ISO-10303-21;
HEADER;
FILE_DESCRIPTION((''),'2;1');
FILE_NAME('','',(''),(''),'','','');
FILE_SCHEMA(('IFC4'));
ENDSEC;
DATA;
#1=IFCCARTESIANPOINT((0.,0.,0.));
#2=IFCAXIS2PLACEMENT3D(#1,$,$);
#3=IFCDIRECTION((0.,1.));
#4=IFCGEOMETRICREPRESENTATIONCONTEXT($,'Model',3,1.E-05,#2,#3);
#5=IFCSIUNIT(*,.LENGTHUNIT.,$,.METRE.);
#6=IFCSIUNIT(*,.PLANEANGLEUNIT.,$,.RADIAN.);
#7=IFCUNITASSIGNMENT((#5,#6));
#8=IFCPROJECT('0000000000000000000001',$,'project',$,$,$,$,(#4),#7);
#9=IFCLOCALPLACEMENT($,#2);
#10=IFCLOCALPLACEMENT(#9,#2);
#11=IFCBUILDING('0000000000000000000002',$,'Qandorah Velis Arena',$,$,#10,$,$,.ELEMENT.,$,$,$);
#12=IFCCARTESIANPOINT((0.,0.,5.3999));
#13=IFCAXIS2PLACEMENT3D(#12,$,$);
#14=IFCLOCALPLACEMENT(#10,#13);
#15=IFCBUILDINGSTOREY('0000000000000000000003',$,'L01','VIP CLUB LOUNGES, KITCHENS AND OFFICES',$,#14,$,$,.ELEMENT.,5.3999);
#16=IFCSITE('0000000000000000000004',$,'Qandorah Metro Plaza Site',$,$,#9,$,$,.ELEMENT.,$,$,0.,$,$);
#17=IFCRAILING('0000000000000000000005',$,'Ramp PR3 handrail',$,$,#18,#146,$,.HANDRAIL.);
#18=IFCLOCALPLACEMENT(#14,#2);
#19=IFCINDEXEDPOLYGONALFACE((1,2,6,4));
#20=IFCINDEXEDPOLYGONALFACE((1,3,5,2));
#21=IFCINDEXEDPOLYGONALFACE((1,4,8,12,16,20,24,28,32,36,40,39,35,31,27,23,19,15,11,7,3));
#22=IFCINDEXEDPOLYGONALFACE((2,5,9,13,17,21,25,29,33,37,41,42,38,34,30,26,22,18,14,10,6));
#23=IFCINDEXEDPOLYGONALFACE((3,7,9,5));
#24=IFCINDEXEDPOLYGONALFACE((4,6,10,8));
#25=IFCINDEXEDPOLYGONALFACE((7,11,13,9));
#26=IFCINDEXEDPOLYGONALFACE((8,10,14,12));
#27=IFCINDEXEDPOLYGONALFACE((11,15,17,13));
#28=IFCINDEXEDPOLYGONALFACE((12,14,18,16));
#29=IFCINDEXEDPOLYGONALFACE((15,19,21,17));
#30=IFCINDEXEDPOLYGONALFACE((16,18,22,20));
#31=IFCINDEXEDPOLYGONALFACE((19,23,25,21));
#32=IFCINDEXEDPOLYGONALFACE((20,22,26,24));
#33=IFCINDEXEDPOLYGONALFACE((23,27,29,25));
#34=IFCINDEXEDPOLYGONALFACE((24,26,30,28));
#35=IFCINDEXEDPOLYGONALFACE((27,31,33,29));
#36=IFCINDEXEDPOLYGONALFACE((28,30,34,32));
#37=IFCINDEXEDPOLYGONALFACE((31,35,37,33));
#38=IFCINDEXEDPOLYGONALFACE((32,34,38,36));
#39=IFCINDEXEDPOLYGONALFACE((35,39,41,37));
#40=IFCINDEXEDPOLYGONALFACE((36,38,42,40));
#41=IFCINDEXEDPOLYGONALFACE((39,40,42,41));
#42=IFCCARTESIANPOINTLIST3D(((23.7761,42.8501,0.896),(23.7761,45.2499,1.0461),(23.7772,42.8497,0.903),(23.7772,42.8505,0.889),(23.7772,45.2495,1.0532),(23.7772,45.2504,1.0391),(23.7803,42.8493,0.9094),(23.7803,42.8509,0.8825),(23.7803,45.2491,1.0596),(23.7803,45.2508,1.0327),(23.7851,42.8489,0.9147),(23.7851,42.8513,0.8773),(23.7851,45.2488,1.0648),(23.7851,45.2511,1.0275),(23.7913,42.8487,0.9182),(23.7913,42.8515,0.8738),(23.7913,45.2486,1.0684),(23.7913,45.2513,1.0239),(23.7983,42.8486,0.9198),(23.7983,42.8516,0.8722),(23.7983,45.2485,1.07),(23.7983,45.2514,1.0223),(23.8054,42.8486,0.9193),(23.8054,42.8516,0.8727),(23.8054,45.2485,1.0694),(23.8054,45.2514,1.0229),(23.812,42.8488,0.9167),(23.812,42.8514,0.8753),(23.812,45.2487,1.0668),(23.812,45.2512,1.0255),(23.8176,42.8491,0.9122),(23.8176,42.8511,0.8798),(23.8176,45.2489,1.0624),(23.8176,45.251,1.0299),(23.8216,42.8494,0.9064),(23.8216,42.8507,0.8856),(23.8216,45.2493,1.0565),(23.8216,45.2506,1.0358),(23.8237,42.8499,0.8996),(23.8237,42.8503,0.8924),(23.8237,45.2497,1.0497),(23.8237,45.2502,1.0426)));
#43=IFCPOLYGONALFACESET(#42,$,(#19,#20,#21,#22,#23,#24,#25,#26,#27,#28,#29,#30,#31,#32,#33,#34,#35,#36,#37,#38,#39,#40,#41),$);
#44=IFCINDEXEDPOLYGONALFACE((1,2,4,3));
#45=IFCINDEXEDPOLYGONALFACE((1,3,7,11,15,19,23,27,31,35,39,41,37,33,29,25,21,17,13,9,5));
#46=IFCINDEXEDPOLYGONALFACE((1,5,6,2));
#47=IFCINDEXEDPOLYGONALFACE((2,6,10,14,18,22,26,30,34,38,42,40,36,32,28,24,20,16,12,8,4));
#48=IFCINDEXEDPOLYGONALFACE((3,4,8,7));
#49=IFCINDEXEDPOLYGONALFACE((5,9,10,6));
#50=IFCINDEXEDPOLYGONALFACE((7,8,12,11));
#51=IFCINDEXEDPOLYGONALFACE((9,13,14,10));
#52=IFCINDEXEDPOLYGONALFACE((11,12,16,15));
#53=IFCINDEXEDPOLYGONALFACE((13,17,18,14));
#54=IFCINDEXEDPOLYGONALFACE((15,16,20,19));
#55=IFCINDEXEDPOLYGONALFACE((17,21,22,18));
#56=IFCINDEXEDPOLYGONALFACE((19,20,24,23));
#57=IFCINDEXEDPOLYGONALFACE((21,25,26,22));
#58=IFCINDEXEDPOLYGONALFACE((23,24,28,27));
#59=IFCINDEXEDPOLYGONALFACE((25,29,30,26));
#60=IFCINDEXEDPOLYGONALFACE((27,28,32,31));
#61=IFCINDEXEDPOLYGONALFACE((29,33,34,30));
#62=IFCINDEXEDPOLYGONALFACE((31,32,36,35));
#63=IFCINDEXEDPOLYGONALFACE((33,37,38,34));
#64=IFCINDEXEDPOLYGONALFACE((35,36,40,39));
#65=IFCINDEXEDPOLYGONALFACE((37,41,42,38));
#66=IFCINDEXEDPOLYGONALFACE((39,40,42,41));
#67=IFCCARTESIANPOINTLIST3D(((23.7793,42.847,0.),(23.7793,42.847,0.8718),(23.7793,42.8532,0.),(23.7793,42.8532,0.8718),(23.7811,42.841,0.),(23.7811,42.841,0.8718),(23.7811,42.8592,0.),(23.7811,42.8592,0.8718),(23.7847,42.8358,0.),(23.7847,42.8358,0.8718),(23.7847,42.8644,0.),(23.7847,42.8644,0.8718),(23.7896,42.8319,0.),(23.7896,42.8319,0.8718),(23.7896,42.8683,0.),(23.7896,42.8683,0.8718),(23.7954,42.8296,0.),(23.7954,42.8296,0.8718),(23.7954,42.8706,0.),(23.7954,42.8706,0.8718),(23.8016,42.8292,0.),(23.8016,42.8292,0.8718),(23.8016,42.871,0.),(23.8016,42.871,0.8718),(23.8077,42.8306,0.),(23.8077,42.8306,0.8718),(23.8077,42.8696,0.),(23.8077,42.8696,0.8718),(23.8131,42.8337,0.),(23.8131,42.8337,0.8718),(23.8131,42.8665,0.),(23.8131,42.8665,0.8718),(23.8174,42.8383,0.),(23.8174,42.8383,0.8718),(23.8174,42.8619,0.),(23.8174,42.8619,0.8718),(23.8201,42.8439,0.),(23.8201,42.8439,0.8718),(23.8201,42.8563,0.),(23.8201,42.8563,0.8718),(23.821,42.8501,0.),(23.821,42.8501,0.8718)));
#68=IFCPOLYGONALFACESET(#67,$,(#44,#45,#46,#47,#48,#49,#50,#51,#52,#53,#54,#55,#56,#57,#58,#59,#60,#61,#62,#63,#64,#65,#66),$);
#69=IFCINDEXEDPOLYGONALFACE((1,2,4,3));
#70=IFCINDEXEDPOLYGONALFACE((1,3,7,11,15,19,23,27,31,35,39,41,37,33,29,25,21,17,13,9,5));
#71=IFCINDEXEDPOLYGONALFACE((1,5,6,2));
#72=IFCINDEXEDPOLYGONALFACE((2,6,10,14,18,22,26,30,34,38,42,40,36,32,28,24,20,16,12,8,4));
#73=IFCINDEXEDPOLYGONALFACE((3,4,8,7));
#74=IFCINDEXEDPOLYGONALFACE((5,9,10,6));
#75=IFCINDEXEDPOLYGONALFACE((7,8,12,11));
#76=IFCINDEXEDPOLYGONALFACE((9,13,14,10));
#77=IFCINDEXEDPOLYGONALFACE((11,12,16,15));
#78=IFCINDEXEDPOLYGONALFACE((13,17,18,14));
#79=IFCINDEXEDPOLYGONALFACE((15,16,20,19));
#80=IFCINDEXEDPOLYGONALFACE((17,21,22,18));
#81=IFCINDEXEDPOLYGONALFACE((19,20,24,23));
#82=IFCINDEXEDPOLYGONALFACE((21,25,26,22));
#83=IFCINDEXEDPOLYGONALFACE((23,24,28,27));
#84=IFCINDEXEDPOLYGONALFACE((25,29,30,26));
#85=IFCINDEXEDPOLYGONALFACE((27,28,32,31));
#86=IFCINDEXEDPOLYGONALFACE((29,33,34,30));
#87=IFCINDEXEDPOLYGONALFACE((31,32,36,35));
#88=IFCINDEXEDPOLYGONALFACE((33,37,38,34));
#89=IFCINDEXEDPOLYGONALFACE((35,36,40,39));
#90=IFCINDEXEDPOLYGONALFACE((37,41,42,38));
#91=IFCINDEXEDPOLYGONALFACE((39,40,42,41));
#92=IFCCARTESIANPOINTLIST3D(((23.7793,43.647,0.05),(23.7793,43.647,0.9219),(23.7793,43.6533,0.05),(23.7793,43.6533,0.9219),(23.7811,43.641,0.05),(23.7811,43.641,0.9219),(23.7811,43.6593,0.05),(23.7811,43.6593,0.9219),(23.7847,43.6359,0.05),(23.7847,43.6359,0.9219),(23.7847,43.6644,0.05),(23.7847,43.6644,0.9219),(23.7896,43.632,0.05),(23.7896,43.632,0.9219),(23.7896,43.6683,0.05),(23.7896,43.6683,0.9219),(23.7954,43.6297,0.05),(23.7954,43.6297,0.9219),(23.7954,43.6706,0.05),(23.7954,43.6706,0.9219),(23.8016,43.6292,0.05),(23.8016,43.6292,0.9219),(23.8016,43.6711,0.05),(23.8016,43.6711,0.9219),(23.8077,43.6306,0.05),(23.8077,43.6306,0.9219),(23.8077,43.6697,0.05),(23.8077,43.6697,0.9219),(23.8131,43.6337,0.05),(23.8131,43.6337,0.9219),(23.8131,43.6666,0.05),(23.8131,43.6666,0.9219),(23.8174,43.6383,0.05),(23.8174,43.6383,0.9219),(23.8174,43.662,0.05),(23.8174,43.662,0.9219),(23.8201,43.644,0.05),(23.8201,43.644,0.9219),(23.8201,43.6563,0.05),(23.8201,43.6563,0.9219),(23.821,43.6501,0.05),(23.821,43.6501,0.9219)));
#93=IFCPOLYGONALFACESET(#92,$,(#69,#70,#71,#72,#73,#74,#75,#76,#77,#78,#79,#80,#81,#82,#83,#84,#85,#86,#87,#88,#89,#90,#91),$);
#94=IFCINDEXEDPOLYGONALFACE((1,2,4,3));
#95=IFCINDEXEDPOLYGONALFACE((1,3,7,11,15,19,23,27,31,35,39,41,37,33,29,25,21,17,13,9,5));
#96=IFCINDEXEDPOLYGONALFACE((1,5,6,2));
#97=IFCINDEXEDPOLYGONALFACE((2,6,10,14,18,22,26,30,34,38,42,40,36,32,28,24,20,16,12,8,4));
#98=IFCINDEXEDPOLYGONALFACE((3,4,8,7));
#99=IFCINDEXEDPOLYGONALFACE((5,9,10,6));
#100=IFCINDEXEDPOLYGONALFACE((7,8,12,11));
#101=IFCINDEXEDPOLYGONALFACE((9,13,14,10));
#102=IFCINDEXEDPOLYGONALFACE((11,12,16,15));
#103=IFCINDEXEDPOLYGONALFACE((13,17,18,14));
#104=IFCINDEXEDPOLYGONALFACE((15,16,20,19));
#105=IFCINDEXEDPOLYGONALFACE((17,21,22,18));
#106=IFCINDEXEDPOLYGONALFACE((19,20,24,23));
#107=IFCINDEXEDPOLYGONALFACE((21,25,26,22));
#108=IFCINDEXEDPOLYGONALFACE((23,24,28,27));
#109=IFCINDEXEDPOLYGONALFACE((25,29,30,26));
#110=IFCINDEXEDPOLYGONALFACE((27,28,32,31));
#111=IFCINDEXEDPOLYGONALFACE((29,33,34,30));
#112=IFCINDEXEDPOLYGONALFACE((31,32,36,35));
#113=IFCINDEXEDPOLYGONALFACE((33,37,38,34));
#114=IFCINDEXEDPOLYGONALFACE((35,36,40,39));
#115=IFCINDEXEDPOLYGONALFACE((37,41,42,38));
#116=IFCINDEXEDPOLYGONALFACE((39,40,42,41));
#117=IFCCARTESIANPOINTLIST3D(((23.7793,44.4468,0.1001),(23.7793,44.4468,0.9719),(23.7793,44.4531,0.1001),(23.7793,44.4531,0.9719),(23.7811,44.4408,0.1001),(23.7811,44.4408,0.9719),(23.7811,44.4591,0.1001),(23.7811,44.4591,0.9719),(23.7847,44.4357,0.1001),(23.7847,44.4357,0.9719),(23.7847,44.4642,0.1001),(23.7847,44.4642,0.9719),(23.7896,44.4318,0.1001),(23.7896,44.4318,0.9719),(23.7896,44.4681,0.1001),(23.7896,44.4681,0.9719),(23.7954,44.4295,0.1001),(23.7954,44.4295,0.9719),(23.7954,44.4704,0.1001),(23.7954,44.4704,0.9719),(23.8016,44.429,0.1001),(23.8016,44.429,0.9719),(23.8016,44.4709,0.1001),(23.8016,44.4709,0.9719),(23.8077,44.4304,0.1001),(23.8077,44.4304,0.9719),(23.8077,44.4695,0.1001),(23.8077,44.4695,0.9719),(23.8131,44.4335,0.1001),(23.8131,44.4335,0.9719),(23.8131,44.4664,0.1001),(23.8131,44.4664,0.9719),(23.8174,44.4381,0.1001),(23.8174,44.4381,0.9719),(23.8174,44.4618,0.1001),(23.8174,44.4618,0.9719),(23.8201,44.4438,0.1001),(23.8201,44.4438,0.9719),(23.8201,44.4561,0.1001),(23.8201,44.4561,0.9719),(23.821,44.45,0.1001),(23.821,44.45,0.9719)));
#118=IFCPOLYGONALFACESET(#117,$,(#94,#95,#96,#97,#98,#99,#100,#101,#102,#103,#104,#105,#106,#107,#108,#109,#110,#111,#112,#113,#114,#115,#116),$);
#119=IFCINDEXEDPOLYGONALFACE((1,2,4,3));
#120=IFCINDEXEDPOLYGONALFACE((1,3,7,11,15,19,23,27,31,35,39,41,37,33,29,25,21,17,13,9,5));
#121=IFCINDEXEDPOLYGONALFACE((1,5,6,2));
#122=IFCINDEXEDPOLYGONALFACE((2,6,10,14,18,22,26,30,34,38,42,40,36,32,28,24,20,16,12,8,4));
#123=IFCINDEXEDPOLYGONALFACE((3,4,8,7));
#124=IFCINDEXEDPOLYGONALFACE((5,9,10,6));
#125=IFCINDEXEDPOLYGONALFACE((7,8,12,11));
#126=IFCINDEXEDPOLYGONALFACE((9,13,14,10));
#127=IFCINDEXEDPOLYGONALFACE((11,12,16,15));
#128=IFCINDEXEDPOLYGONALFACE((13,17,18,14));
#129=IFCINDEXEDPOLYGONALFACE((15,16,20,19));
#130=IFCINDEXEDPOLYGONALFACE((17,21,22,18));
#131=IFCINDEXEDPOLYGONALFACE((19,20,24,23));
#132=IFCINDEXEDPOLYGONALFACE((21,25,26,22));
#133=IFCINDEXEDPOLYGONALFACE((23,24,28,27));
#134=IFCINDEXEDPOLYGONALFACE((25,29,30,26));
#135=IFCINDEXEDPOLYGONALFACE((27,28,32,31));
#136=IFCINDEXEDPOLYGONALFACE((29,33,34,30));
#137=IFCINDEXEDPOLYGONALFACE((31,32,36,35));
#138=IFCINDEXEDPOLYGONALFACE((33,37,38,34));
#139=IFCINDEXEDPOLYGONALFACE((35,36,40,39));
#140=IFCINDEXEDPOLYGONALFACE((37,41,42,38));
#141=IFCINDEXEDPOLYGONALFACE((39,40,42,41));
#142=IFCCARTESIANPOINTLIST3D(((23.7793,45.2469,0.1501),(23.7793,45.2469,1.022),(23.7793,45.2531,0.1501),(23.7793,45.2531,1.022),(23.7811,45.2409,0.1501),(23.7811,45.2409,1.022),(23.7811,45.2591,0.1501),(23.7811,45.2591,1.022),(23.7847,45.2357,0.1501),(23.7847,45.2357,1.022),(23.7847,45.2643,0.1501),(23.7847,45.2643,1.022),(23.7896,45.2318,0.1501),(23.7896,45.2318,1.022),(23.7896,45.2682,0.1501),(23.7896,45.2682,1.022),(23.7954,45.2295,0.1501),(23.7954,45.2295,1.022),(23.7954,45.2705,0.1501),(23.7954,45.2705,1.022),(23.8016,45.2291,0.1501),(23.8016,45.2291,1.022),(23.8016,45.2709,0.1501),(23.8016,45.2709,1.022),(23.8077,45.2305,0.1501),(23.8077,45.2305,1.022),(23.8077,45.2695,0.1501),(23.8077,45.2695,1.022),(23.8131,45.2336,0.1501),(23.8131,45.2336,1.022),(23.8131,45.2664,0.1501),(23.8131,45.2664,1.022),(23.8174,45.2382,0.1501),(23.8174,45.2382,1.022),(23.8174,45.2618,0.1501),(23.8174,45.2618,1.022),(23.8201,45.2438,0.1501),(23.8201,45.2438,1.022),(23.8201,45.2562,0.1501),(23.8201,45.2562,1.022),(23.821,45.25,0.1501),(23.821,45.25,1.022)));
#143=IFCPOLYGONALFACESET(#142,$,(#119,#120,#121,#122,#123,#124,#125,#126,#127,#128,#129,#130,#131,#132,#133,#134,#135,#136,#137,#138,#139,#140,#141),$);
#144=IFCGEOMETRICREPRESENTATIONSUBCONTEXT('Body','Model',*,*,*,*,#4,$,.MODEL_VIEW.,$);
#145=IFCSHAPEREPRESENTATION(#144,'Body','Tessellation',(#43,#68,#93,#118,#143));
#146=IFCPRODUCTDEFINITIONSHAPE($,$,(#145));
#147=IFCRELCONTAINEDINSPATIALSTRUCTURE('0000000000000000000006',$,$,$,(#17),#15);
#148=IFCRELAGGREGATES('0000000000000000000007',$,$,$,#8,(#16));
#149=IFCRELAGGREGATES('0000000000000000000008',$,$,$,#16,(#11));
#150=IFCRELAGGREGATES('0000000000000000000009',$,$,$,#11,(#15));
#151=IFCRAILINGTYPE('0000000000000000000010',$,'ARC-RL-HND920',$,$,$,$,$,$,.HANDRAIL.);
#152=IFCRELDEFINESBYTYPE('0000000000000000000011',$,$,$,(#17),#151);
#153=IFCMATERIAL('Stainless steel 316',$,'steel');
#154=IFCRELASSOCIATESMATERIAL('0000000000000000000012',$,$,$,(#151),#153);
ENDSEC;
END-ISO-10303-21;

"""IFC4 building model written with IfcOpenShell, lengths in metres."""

from ifc_helpers import new_model, si_unit, direction, frame, origin, origin_2d, place, context, subcontext, project, spatial, circle, extrude, material, type_object, element, save


model = new_model("IFC4")

# Units and contexts
model_context = context("Model", 3, precision=1e-05, world=origin(), true_north=direction((0.0, 1.0)))
body_context = subcontext(model_context, "Body", "Model", "MODEL_VIEW")
ifc_project = project(units=[si_unit("LENGTHUNIT", "METRE"), si_unit("PLANEANGLEUNIT", "RADIAN")], contexts=[model_context])

# Site, building, storey
site_placement = place(None, origin())
site = spatial("IfcSite", under=ifc_project, at=site_placement, Name="Qandorah Metro Plaza Site", CompositionType="ELEMENT", RefElevation=0.0)
building_placement = place(site_placement, origin())
building = spatial("IfcBuilding", under=site, at=building_placement, Name="Qandorah Velis Arena", CompositionType="ELEMENT")
storey_placement = place(building_placement, frame((0.0, 0.0, 5.3999)))
storey = spatial("IfcBuildingStorey", under=building, at=storey_placement, Name="L01", Description="VIP CLUB LOUNGES, KITCHENS AND OFFICES", CompositionType="ELEMENT", Elevation=5.3999)

# Railing
ifc_material_1 = material(Name="Stainless steel 316", Category="steel")
railing_type = type_object("IfcRailingType", Name="ARC-RL-HND920", PredefinedType="HANDRAIL", material=ifc_material_1)
railing_placement = place(storey_placement, frame((23.8, 42.8501, 0.0)))
element("IfcRailing", 1, at=railing_placement, inside=storey, type_object=railing_type, Name="Ramp PR3 handrail", PredefinedType="HANDRAIL", context=body_context, shape_type="SweptSolid", body=[
    extrude(circle(Radius=0.0239, at=origin_2d()), frame((0.0, 0.0, 0.896), z_axis=(0.0, 0.998049, 0.062441), x_axis=(-1.0, 0.0, 0.0)), (0.0, 0.0, 1.0), 2.4045),
    extrude(circle(Radius=0.021, at=origin_2d()), origin(), (0.0, 0.0, 1.0), 0.8718),
    extrude(circle(Radius=0.021, at=origin_2d()), frame((0.0, 0.8, 0.05)), (0.0, 0.0, 1.0), 0.8718),
    extrude(circle(Radius=0.021, at=origin_2d()), frame((0.0, 1.5999, 0.1001)), (0.0, 0.0, 1.0), 0.8718),
    extrude(circle(Radius=0.021, at=origin_2d()), frame((0.0, 2.3999, 0.1501)), (0.0, 0.0, 1.0), 0.8718),
])

save(model, "model.ifc")
